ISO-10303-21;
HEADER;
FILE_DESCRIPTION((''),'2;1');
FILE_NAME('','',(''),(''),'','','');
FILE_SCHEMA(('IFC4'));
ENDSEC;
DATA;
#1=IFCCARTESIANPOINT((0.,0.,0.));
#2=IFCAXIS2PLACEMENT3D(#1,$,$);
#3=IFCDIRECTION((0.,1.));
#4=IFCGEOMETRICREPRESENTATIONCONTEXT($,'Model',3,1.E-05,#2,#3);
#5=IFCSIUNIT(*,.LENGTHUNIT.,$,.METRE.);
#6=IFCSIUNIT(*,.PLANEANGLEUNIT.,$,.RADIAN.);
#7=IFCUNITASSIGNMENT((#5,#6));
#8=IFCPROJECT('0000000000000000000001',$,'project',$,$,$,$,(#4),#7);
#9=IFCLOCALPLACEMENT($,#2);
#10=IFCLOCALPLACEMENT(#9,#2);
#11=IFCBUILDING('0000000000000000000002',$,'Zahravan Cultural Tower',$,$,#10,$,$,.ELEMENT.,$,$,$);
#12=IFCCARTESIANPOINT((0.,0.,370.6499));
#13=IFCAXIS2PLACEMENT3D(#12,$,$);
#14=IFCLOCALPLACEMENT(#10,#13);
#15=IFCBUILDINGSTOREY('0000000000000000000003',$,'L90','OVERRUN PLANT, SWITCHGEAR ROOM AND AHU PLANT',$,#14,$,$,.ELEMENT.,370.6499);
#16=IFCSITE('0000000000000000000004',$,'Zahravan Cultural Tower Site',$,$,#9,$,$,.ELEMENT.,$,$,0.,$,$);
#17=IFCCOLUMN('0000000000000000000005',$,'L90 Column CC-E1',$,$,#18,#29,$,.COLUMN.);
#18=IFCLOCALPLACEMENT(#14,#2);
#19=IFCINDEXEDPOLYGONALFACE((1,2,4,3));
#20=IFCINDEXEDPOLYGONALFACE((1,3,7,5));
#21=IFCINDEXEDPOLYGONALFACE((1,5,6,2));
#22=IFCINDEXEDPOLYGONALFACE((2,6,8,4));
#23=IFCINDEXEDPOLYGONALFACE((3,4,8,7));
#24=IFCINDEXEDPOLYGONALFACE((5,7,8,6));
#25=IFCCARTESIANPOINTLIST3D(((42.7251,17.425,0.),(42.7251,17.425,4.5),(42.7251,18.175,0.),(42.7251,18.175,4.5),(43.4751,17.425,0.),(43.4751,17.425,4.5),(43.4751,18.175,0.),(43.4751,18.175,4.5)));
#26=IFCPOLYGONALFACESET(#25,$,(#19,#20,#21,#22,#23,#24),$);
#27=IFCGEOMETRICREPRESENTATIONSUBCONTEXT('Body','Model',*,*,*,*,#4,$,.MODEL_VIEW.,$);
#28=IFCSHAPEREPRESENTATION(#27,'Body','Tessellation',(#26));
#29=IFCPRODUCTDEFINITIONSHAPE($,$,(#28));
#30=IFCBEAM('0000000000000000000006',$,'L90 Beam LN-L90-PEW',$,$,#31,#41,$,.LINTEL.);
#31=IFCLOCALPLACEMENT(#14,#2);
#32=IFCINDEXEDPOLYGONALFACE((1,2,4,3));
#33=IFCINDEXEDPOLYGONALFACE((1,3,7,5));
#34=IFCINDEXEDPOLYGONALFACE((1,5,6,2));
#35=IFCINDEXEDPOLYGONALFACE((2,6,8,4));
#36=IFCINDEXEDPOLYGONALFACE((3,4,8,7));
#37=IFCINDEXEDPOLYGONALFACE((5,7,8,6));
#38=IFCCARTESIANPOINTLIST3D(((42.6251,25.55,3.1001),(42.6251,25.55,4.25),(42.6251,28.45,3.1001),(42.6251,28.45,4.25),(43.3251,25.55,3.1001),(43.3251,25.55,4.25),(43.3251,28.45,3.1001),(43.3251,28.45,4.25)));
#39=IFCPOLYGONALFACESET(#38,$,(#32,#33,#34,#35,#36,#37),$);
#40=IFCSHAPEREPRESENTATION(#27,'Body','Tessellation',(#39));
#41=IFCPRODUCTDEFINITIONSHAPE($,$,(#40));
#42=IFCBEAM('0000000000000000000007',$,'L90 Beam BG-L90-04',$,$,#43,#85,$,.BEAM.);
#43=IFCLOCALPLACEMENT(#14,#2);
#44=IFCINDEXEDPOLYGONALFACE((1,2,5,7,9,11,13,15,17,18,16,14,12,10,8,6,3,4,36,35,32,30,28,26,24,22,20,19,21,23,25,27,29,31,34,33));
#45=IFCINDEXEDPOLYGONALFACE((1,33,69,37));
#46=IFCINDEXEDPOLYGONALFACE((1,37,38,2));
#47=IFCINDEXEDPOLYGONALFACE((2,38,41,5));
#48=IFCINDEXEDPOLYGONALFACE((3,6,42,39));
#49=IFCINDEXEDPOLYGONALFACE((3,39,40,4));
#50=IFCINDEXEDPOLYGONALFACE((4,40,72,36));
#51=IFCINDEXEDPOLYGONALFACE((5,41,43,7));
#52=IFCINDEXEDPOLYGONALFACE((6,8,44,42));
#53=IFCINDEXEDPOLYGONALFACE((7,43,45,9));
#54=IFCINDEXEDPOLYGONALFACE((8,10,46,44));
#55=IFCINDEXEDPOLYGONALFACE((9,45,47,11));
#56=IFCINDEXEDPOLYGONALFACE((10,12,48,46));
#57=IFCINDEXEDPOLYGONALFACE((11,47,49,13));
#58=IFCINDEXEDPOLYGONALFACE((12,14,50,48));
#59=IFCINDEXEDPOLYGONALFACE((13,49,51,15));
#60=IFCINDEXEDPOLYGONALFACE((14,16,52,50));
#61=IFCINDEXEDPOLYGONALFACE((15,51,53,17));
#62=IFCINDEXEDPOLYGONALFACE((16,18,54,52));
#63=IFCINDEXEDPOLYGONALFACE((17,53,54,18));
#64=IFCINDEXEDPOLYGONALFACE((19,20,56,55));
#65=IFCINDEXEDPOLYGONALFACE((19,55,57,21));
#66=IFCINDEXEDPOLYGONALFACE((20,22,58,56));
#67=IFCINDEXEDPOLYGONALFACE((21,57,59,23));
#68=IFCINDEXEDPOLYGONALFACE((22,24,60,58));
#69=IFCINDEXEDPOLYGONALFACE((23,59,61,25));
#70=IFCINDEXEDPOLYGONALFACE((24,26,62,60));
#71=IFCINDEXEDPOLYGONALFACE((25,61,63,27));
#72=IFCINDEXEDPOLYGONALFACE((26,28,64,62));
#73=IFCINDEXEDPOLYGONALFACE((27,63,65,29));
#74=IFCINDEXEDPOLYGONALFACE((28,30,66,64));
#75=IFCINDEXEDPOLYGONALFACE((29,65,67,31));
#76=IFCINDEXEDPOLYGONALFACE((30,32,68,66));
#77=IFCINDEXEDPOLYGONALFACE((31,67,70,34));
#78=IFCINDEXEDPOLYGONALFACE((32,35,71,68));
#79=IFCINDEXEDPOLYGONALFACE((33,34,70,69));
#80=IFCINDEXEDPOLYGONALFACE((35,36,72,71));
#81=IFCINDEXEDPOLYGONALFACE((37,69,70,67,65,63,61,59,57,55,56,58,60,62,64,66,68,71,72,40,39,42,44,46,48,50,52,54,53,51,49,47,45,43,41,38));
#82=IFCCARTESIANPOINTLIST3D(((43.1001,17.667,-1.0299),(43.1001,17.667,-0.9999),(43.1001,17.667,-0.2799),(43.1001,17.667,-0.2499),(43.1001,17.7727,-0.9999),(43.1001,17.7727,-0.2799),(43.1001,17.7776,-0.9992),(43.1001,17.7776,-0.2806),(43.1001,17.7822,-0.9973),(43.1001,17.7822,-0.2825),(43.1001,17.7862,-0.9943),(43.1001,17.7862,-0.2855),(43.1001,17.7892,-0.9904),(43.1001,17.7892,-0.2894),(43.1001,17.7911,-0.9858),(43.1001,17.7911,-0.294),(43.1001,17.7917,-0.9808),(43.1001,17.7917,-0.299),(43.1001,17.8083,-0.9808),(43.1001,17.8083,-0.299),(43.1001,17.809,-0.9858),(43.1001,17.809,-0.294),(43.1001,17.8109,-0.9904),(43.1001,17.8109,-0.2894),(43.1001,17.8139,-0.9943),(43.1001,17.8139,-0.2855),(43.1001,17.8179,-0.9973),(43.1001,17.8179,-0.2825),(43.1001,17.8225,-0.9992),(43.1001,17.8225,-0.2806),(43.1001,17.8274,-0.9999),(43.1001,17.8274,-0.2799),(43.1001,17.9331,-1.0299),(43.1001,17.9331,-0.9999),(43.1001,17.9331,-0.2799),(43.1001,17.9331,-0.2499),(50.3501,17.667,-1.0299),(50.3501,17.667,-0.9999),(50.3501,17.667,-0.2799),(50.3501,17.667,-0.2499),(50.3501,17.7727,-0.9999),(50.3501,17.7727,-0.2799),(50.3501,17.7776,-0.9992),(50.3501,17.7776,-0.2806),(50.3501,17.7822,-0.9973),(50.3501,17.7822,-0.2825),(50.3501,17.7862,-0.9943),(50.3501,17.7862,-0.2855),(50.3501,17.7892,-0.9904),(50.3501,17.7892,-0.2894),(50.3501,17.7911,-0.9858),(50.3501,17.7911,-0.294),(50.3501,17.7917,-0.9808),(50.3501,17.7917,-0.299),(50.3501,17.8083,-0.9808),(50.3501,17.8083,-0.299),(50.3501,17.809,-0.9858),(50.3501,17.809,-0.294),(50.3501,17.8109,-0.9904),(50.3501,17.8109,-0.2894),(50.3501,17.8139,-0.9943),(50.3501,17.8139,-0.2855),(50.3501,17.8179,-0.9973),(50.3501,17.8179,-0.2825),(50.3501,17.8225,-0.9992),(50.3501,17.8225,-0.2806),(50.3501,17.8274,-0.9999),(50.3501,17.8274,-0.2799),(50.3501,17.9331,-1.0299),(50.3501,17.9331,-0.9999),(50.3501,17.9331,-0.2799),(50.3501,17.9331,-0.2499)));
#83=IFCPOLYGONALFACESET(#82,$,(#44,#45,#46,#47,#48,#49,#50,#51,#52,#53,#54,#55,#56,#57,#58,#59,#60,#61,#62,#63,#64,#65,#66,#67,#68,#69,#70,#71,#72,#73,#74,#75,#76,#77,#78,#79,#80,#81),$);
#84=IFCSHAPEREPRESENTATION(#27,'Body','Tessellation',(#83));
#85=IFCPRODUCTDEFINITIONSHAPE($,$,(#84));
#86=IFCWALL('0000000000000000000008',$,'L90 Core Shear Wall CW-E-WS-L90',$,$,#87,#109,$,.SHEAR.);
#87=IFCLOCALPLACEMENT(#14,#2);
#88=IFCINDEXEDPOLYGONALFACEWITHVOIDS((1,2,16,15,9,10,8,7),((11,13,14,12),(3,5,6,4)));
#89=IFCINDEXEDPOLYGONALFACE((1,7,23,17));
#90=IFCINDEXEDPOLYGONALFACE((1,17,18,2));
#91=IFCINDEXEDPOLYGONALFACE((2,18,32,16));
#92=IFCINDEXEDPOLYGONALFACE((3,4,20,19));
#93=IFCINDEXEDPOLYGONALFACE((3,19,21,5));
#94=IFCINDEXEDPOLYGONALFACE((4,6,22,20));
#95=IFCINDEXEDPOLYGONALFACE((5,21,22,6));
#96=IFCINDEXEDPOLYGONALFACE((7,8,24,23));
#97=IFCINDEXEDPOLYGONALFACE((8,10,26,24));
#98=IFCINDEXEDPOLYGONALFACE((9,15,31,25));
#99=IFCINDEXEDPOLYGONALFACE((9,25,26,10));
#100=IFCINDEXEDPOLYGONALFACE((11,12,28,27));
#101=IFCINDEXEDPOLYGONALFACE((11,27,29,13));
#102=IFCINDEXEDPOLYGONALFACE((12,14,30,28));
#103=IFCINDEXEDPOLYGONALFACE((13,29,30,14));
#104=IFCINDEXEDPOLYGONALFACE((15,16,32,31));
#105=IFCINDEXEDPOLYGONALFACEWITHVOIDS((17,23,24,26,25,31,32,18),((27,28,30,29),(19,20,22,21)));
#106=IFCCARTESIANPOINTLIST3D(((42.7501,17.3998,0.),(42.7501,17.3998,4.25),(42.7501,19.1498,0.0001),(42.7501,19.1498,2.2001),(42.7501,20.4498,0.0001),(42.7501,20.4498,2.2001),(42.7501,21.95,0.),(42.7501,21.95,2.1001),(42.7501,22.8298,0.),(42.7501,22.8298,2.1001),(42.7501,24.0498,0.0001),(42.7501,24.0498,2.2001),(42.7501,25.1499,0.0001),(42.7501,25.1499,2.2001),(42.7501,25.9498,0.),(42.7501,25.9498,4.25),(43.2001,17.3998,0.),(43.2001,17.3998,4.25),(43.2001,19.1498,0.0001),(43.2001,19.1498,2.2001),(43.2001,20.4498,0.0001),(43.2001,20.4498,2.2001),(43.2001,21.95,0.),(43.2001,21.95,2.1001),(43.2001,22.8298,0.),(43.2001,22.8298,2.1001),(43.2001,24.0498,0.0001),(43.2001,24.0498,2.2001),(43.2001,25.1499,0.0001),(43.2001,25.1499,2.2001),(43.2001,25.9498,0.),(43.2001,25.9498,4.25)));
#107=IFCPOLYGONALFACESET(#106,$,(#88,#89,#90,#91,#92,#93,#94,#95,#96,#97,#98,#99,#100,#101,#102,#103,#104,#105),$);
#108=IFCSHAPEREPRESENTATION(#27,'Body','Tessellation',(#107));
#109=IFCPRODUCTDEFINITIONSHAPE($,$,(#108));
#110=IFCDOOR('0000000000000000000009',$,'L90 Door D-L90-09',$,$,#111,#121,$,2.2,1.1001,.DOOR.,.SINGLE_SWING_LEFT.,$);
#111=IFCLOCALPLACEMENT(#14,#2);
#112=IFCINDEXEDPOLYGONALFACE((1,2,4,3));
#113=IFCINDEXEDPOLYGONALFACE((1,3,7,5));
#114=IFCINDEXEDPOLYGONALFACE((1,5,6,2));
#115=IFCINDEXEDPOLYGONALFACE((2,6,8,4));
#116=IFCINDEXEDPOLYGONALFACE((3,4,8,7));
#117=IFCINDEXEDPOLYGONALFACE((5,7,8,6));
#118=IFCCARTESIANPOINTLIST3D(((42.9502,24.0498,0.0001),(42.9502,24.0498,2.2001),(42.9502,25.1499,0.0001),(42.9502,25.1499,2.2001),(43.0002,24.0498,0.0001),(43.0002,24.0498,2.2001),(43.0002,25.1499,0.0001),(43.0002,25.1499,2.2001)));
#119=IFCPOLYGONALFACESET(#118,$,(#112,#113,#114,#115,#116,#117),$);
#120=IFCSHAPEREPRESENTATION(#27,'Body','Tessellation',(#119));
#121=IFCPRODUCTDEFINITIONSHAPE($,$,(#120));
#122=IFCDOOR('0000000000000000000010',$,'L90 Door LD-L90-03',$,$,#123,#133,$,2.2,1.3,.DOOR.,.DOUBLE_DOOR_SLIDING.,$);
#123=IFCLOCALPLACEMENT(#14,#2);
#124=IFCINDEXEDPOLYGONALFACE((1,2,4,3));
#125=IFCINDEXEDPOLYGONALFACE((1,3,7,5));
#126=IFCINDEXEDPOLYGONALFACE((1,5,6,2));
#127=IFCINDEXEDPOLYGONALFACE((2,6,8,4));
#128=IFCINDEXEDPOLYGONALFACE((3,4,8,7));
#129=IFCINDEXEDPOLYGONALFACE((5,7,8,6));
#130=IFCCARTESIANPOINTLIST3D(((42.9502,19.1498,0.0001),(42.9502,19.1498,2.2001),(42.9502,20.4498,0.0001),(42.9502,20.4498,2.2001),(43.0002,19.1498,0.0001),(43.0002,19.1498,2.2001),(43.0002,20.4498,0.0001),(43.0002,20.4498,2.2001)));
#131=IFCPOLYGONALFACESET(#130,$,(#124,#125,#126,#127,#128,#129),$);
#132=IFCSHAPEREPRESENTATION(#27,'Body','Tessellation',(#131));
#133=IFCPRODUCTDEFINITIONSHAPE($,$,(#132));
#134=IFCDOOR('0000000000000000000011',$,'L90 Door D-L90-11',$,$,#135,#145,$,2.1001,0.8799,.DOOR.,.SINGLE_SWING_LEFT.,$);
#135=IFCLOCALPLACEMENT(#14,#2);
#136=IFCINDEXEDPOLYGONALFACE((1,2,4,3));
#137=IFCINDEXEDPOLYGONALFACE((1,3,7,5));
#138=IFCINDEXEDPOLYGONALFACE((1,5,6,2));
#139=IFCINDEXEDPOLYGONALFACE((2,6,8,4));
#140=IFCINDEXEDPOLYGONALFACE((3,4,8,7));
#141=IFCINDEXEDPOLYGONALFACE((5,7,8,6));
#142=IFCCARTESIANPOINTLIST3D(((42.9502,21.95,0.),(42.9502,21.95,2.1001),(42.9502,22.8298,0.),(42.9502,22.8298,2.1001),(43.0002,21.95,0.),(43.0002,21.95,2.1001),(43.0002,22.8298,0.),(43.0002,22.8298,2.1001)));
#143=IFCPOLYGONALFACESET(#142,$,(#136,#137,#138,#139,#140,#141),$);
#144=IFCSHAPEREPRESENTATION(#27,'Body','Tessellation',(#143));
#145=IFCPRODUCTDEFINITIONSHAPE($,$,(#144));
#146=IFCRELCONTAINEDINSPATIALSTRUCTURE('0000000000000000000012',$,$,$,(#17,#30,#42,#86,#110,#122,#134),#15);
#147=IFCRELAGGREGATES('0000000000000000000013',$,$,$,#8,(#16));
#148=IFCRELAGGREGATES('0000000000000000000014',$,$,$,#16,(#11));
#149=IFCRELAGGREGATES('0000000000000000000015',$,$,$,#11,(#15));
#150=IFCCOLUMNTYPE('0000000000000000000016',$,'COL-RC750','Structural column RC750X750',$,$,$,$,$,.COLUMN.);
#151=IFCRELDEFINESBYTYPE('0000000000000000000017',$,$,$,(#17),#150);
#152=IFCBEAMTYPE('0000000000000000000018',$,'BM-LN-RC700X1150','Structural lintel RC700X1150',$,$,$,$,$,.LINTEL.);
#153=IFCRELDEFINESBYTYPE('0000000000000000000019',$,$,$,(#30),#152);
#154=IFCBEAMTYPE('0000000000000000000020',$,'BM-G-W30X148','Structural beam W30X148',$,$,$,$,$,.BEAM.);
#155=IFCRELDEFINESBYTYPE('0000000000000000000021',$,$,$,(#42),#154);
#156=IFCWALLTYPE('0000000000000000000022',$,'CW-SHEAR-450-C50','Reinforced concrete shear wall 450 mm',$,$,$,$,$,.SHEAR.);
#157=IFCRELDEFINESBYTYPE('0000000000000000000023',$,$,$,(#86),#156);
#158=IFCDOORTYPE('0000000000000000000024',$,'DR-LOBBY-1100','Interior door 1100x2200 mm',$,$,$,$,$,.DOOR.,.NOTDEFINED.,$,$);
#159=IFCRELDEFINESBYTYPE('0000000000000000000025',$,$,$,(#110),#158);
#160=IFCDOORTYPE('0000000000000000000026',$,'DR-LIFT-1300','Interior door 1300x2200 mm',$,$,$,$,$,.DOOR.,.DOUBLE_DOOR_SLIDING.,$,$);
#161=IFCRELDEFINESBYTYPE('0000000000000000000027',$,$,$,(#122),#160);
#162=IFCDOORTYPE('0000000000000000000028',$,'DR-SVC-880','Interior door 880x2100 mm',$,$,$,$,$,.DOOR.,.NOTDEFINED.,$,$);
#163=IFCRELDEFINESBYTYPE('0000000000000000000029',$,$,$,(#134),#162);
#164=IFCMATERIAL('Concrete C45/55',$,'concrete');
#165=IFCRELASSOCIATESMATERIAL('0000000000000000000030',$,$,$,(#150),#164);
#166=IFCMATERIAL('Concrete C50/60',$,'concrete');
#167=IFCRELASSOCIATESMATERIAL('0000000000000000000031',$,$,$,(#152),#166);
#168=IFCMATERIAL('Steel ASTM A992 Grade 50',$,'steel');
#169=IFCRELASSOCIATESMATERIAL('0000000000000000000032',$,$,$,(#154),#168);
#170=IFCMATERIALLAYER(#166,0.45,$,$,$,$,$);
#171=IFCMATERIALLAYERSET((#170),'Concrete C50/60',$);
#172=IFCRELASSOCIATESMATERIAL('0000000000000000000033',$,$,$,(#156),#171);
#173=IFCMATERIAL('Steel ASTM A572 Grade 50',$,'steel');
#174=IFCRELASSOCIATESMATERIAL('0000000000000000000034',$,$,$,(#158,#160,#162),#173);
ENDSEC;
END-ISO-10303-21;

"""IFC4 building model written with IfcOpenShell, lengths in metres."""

from ifc_helpers import new_model, si_unit, direction, frame, frame_2d, origin, origin_2d, place, context, subcontext, project, spatial, rectangle, i_section, extrude, source, transform, mapped, material, layer, layer_set, material_profile, profile_set, type_object, element, fill, save


model = new_model("IFC4")

# Units and contexts
model_context = context("Model", 3, precision=1e-05, world=origin(), true_north=direction((0.0, 1.0)))
body_context = subcontext(model_context, "Body", "Model", "MODEL_VIEW")
ifc_project = project(units=[si_unit("LENGTHUNIT", "METRE"), si_unit("PLANEANGLEUNIT", "RADIAN")], contexts=[model_context])

# Site, building, storey
site_placement = place(None, origin())
site = spatial("IfcSite", under=ifc_project, at=site_placement, Name="Zahravan Cultural Tower Site", CompositionType="ELEMENT", RefElevation=0.0)
building_placement = place(site_placement, origin())
building = spatial("IfcBuilding", under=site, at=building_placement, Name="Zahravan Cultural Tower", CompositionType="ELEMENT")
storey_placement = place(building_placement, frame((0.0, 0.0, 370.6499)))
storey = spatial("IfcBuildingStorey", under=building, at=storey_placement, Name="L90", Description="OVERRUN PLANT, SWITCHGEAR ROOM AND AHU PLANT", CompositionType="ELEMENT", Elevation=370.6499)

# Column
ifc_material_1 = material(Name="Concrete C45/55", Category="concrete")
ifc_material_profile_1 = material_profile(ifc_material_1, rectangle(XDim=0.75, YDim=0.75, at=origin_2d()), Name="RC750X750")
ifc_profile_set_1 = profile_set([ifc_material_profile_1], Name="Concrete C45/55")
column_type = type_object("IfcColumnType", Name="COL-RC750", Description="Structural column RC750X750", PredefinedType="COLUMN", material=ifc_profile_set_1)
shared_shape_1 = source(origin(), body_context, "Body", "SweptSolid", [
    extrude(rectangle(XDim=0.75, YDim=0.75, at=origin_2d()), origin(), (0.0, 0.0, 1.0), 4.5),
])
column_placement = place(storey_placement, frame((43.1001, 17.8, 0.0), z_axis=(0.0, 0.0, 1.0), x_axis=(1.0, 0.0, 0.0)))
element("IfcColumn", 1, at=column_placement, inside=storey, type_object=column_type, Name="L90 Column CC-E1", PredefinedType="COLUMN", context=body_context, shape_type="MappedRepresentation", body=[
    mapped(shared_shape_1, transform((0.0, 0.0, 0.0), x_axis=(1.0, 0.0, 0.0), y_axis=(0.0, 1.0, 0.0), z_axis=(0.0, 0.0, 1.0), scale=1.0)),
])

# Beams
ifc_material_2 = material(Name="Concrete C50/60", Category="concrete")
ifc_material_profile_2 = material_profile(ifc_material_2, rectangle(XDim=0.7, YDim=1.1499, at=origin_2d()), Name="RC700X1150")
ifc_profile_set_2 = profile_set([ifc_material_profile_2], Name="Concrete C50/60")
beam_type_1 = type_object("IfcBeamType", Name="BM-LN-RC700X1150", Description="Structural lintel RC700X1150", PredefinedType="LINTEL", material=ifc_profile_set_2)
shared_shape_2 = source(origin(), body_context, "Body", "SweptSolid", [
    extrude(rectangle(XDim=0.7, YDim=1.1499, at=origin_2d()), origin(), (0.0, 0.0, 1.0), 2.8999),
])
beam_1_placement = place(storey_placement, frame((42.9751, 25.55, 3.675), z_axis=(0.0, 1.0, 0.0), x_axis=(-1.0, 0.0, 0.0)))
element("IfcBeam", 2, at=beam_1_placement, inside=storey, type_object=beam_type_1, Name="L90 Beam LN-L90-PEW", PredefinedType="LINTEL", context=body_context, shape_type="MappedRepresentation", body=[
    mapped(shared_shape_2, transform((0.0, 0.0, 0.0), x_axis=(1.0, 0.0, 0.0), y_axis=(0.0, 1.0, 0.0), z_axis=(0.0, 0.0, 1.0), scale=1.0)),
])
ifc_material_3 = material(Name="Steel ASTM A992 Grade 50", Category="steel")
ifc_material_profile_3 = material_profile(ifc_material_3, i_section(OverallWidth=0.2661, OverallDepth=0.78, WebThickness=0.0166, FlangeThickness=0.03, FilletRadius=0.019, at=origin_2d()), Name="W30X148")
ifc_profile_set_3 = profile_set([ifc_material_profile_3], Name="Steel ASTM A992 Grade 50")
beam_type_2 = type_object("IfcBeamType", Name="BM-G-W30X148", Description="Structural beam W30X148", PredefinedType="BEAM", material=ifc_profile_set_3)
shared_shape_3 = source(origin(), body_context, "Body", "SweptSolid", [
    extrude(i_section(OverallWidth=0.2661, OverallDepth=0.78, WebThickness=0.0166, FlangeThickness=0.03, FilletRadius=0.019, at=origin_2d()), origin(), (0.0, 0.0, 1.0), 7.25),
])
beam_2_placement = place(storey_placement, frame((43.1001, 17.8, -0.6399), z_axis=(1.0, 0.0, 0.0), x_axis=(0.0, 1.0, 0.0)))
element("IfcBeam", 3, at=beam_2_placement, inside=storey, type_object=beam_type_2, Name="L90 Beam BG-L90-04", PredefinedType="BEAM", context=body_context, shape_type="MappedRepresentation", body=[
    mapped(shared_shape_3, transform((0.0, 0.0, 0.0), x_axis=(1.0, 0.0, 0.0), y_axis=(0.0, 1.0, 0.0), z_axis=(0.0, 0.0, 1.0), scale=1.0)),
])

# Wall, openings, doors
ifc_layer_1 = layer(ifc_material_2, 0.45)
ifc_layer_set_1 = layer_set([ifc_layer_1], Name="Concrete C50/60")
wall_type_1 = type_object("IfcWallType", Name="CW-SHEAR-450-C50", Description="Reinforced concrete shear wall 450 mm", PredefinedType="SHEAR", material=ifc_layer_set_1)
wall_1_placement = place(storey_placement, frame((42.9751, 17.3999, 0.0), z_axis=(0.0, 0.0, 1.0), x_axis=(0.0, 1.0, 0.0)))
wall_1 = element("IfcWall", 4, at=wall_1_placement, inside=storey, type_object=wall_type_1, Name="L90 Core Shear Wall CW-E-WS-L90", PredefinedType="SHEAR", context=body_context, shape_type="SweptSolid", body=[
    extrude(rectangle(XDim=8.55, YDim=0.45, at=frame_2d((4.2749, 0.0))), origin(), (0.0, 0.0, 1.0), 4.25),
])
opening_1_placement = place(wall_1_placement, frame((6.6499, 0.0, 0.0)))
opening_1 = element("IfcOpeningElement", 5, at=opening_1_placement, cuts=wall_1, PredefinedType="OPENING", context=body_context, shape_type="SweptSolid", body=[
    extrude(rectangle(XDim=1.1001, YDim=2.2, at=frame_2d((0.55, 1.1001))), frame((0.0, 0.2349, 0.0), z_axis=(0.0, -1.0, 0.0), x_axis=(1.0, 0.0, 0.0)), (0.0, 0.0, 1.0), 0.47),
])
opening_2_placement = place(wall_1_placement, frame((1.75, 0.0, 0.0)))
opening_2 = element("IfcOpeningElement", 6, at=opening_2_placement, cuts=wall_1, PredefinedType="OPENING", context=body_context, shape_type="SweptSolid", body=[
    extrude(rectangle(XDim=1.3, YDim=2.2, at=frame_2d((0.6499, 1.1001))), frame((0.0, 0.2349, 0.0), z_axis=(0.0, -1.0, 0.0), x_axis=(1.0, 0.0, 0.0)), (0.0, 0.0, 1.0), 0.47),
])
opening_3_placement = place(wall_1_placement, frame((4.55, 0.0, 0.0)))
opening_3 = element("IfcOpeningElement", 7, at=opening_3_placement, cuts=wall_1, PredefinedType="OPENING", context=body_context, shape_type="SweptSolid", body=[
    extrude(rectangle(XDim=0.8799, YDim=2.1001, at=frame_2d((0.4399, 1.05))), frame((0.0, 0.2349, 0.0), z_axis=(0.0, -1.0, 0.0), x_axis=(1.0, 0.0, 0.0)), (0.0, 0.0, 1.0), 0.47),
])
ifc_material_4 = material(Name="Steel ASTM A572 Grade 50", Category="steel")
door_type_1 = type_object("IfcDoorType", Name="DR-LOBBY-1100", Description="Interior door 1100x2200 mm", OperationType="NOTDEFINED", PredefinedType="DOOR", material=ifc_material_4)
shared_shape_4 = source(origin(), body_context, "Body", "SweptSolid", [
    extrude(rectangle(XDim=1.1001, YDim=2.2, at=frame_2d((0.55, 1.1001))), frame((0.0, 0.0249, 0.0), z_axis=(0.0, -1.0, 0.0), x_axis=(1.0, 0.0, 0.0)), (0.0, 0.0, 1.0), 0.05),
])
door_1_placement = place(opening_1_placement, origin())
door_1 = element("IfcDoor", 8, at=door_1_placement, inside=storey, type_object=door_type_1, Name="L90 Door D-L90-09", OperationType="SINGLE_SWING_LEFT", OverallHeight=2.2, OverallWidth=1.1001, PredefinedType="DOOR", context=body_context, shape_type="MappedRepresentation", body=[
    mapped(shared_shape_4, transform((0.0, 0.0, 0.0), x_axis=(1.0, 0.0, 0.0), y_axis=(0.0, 1.0, 0.0), z_axis=(0.0, 0.0, 1.0), scale=1.0)),
])
fill(opening_1, door_1)
door_type_2 = type_object("IfcDoorType", Name="DR-LIFT-1300", Description="Interior door 1300x2200 mm", OperationType="DOUBLE_DOOR_SLIDING", PredefinedType="DOOR", material=ifc_material_4)
shared_shape_5 = source(origin(), body_context, "Body", "SweptSolid", [
    extrude(rectangle(XDim=1.3, YDim=2.2, at=frame_2d((0.6499, 1.1001))), frame((0.0, 0.0249, 0.0), z_axis=(0.0, -1.0, 0.0), x_axis=(1.0, 0.0, 0.0)), (0.0, 0.0, 1.0), 0.05),
])
door_2_placement = place(opening_2_placement, origin())
door_2 = element("IfcDoor", 9, at=door_2_placement, inside=storey, type_object=door_type_2, Name="L90 Door LD-L90-03", OperationType="DOUBLE_DOOR_SLIDING", OverallHeight=2.2, OverallWidth=1.3, PredefinedType="DOOR", context=body_context, shape_type="MappedRepresentation", body=[
    mapped(shared_shape_5, transform((0.0, 0.0, 0.0), x_axis=(1.0, 0.0, 0.0), y_axis=(0.0, 1.0, 0.0), z_axis=(0.0, 0.0, 1.0), scale=1.0)),
])
fill(opening_2, door_2)
door_type_3 = type_object("IfcDoorType", Name="DR-SVC-880", Description="Interior door 880x2100 mm", OperationType="NOTDEFINED", PredefinedType="DOOR", material=ifc_material_4)
shared_shape_6 = source(origin(), body_context, "Body", "SweptSolid", [
    extrude(rectangle(XDim=0.8799, YDim=2.1001, at=frame_2d((0.4399, 1.05))), frame((0.0, 0.0249, 0.0), z_axis=(0.0, -1.0, 0.0), x_axis=(1.0, 0.0, 0.0)), (0.0, 0.0, 1.0), 0.05),
])
door_3_placement = place(opening_3_placement, origin())
door_3 = element("IfcDoor", 10, at=door_3_placement, inside=storey, type_object=door_type_3, Name="L90 Door D-L90-11", OperationType="SINGLE_SWING_LEFT", OverallHeight=2.1001, OverallWidth=0.8799, PredefinedType="DOOR", context=body_context, shape_type="MappedRepresentation", body=[
    mapped(shared_shape_6, transform((0.0, 0.0, 0.0), x_axis=(1.0, 0.0, 0.0), y_axis=(0.0, 1.0, 0.0), z_axis=(0.0, 0.0, 1.0), scale=1.0)),
])
fill(opening_3, door_3)

save(model, "model.ifc")
